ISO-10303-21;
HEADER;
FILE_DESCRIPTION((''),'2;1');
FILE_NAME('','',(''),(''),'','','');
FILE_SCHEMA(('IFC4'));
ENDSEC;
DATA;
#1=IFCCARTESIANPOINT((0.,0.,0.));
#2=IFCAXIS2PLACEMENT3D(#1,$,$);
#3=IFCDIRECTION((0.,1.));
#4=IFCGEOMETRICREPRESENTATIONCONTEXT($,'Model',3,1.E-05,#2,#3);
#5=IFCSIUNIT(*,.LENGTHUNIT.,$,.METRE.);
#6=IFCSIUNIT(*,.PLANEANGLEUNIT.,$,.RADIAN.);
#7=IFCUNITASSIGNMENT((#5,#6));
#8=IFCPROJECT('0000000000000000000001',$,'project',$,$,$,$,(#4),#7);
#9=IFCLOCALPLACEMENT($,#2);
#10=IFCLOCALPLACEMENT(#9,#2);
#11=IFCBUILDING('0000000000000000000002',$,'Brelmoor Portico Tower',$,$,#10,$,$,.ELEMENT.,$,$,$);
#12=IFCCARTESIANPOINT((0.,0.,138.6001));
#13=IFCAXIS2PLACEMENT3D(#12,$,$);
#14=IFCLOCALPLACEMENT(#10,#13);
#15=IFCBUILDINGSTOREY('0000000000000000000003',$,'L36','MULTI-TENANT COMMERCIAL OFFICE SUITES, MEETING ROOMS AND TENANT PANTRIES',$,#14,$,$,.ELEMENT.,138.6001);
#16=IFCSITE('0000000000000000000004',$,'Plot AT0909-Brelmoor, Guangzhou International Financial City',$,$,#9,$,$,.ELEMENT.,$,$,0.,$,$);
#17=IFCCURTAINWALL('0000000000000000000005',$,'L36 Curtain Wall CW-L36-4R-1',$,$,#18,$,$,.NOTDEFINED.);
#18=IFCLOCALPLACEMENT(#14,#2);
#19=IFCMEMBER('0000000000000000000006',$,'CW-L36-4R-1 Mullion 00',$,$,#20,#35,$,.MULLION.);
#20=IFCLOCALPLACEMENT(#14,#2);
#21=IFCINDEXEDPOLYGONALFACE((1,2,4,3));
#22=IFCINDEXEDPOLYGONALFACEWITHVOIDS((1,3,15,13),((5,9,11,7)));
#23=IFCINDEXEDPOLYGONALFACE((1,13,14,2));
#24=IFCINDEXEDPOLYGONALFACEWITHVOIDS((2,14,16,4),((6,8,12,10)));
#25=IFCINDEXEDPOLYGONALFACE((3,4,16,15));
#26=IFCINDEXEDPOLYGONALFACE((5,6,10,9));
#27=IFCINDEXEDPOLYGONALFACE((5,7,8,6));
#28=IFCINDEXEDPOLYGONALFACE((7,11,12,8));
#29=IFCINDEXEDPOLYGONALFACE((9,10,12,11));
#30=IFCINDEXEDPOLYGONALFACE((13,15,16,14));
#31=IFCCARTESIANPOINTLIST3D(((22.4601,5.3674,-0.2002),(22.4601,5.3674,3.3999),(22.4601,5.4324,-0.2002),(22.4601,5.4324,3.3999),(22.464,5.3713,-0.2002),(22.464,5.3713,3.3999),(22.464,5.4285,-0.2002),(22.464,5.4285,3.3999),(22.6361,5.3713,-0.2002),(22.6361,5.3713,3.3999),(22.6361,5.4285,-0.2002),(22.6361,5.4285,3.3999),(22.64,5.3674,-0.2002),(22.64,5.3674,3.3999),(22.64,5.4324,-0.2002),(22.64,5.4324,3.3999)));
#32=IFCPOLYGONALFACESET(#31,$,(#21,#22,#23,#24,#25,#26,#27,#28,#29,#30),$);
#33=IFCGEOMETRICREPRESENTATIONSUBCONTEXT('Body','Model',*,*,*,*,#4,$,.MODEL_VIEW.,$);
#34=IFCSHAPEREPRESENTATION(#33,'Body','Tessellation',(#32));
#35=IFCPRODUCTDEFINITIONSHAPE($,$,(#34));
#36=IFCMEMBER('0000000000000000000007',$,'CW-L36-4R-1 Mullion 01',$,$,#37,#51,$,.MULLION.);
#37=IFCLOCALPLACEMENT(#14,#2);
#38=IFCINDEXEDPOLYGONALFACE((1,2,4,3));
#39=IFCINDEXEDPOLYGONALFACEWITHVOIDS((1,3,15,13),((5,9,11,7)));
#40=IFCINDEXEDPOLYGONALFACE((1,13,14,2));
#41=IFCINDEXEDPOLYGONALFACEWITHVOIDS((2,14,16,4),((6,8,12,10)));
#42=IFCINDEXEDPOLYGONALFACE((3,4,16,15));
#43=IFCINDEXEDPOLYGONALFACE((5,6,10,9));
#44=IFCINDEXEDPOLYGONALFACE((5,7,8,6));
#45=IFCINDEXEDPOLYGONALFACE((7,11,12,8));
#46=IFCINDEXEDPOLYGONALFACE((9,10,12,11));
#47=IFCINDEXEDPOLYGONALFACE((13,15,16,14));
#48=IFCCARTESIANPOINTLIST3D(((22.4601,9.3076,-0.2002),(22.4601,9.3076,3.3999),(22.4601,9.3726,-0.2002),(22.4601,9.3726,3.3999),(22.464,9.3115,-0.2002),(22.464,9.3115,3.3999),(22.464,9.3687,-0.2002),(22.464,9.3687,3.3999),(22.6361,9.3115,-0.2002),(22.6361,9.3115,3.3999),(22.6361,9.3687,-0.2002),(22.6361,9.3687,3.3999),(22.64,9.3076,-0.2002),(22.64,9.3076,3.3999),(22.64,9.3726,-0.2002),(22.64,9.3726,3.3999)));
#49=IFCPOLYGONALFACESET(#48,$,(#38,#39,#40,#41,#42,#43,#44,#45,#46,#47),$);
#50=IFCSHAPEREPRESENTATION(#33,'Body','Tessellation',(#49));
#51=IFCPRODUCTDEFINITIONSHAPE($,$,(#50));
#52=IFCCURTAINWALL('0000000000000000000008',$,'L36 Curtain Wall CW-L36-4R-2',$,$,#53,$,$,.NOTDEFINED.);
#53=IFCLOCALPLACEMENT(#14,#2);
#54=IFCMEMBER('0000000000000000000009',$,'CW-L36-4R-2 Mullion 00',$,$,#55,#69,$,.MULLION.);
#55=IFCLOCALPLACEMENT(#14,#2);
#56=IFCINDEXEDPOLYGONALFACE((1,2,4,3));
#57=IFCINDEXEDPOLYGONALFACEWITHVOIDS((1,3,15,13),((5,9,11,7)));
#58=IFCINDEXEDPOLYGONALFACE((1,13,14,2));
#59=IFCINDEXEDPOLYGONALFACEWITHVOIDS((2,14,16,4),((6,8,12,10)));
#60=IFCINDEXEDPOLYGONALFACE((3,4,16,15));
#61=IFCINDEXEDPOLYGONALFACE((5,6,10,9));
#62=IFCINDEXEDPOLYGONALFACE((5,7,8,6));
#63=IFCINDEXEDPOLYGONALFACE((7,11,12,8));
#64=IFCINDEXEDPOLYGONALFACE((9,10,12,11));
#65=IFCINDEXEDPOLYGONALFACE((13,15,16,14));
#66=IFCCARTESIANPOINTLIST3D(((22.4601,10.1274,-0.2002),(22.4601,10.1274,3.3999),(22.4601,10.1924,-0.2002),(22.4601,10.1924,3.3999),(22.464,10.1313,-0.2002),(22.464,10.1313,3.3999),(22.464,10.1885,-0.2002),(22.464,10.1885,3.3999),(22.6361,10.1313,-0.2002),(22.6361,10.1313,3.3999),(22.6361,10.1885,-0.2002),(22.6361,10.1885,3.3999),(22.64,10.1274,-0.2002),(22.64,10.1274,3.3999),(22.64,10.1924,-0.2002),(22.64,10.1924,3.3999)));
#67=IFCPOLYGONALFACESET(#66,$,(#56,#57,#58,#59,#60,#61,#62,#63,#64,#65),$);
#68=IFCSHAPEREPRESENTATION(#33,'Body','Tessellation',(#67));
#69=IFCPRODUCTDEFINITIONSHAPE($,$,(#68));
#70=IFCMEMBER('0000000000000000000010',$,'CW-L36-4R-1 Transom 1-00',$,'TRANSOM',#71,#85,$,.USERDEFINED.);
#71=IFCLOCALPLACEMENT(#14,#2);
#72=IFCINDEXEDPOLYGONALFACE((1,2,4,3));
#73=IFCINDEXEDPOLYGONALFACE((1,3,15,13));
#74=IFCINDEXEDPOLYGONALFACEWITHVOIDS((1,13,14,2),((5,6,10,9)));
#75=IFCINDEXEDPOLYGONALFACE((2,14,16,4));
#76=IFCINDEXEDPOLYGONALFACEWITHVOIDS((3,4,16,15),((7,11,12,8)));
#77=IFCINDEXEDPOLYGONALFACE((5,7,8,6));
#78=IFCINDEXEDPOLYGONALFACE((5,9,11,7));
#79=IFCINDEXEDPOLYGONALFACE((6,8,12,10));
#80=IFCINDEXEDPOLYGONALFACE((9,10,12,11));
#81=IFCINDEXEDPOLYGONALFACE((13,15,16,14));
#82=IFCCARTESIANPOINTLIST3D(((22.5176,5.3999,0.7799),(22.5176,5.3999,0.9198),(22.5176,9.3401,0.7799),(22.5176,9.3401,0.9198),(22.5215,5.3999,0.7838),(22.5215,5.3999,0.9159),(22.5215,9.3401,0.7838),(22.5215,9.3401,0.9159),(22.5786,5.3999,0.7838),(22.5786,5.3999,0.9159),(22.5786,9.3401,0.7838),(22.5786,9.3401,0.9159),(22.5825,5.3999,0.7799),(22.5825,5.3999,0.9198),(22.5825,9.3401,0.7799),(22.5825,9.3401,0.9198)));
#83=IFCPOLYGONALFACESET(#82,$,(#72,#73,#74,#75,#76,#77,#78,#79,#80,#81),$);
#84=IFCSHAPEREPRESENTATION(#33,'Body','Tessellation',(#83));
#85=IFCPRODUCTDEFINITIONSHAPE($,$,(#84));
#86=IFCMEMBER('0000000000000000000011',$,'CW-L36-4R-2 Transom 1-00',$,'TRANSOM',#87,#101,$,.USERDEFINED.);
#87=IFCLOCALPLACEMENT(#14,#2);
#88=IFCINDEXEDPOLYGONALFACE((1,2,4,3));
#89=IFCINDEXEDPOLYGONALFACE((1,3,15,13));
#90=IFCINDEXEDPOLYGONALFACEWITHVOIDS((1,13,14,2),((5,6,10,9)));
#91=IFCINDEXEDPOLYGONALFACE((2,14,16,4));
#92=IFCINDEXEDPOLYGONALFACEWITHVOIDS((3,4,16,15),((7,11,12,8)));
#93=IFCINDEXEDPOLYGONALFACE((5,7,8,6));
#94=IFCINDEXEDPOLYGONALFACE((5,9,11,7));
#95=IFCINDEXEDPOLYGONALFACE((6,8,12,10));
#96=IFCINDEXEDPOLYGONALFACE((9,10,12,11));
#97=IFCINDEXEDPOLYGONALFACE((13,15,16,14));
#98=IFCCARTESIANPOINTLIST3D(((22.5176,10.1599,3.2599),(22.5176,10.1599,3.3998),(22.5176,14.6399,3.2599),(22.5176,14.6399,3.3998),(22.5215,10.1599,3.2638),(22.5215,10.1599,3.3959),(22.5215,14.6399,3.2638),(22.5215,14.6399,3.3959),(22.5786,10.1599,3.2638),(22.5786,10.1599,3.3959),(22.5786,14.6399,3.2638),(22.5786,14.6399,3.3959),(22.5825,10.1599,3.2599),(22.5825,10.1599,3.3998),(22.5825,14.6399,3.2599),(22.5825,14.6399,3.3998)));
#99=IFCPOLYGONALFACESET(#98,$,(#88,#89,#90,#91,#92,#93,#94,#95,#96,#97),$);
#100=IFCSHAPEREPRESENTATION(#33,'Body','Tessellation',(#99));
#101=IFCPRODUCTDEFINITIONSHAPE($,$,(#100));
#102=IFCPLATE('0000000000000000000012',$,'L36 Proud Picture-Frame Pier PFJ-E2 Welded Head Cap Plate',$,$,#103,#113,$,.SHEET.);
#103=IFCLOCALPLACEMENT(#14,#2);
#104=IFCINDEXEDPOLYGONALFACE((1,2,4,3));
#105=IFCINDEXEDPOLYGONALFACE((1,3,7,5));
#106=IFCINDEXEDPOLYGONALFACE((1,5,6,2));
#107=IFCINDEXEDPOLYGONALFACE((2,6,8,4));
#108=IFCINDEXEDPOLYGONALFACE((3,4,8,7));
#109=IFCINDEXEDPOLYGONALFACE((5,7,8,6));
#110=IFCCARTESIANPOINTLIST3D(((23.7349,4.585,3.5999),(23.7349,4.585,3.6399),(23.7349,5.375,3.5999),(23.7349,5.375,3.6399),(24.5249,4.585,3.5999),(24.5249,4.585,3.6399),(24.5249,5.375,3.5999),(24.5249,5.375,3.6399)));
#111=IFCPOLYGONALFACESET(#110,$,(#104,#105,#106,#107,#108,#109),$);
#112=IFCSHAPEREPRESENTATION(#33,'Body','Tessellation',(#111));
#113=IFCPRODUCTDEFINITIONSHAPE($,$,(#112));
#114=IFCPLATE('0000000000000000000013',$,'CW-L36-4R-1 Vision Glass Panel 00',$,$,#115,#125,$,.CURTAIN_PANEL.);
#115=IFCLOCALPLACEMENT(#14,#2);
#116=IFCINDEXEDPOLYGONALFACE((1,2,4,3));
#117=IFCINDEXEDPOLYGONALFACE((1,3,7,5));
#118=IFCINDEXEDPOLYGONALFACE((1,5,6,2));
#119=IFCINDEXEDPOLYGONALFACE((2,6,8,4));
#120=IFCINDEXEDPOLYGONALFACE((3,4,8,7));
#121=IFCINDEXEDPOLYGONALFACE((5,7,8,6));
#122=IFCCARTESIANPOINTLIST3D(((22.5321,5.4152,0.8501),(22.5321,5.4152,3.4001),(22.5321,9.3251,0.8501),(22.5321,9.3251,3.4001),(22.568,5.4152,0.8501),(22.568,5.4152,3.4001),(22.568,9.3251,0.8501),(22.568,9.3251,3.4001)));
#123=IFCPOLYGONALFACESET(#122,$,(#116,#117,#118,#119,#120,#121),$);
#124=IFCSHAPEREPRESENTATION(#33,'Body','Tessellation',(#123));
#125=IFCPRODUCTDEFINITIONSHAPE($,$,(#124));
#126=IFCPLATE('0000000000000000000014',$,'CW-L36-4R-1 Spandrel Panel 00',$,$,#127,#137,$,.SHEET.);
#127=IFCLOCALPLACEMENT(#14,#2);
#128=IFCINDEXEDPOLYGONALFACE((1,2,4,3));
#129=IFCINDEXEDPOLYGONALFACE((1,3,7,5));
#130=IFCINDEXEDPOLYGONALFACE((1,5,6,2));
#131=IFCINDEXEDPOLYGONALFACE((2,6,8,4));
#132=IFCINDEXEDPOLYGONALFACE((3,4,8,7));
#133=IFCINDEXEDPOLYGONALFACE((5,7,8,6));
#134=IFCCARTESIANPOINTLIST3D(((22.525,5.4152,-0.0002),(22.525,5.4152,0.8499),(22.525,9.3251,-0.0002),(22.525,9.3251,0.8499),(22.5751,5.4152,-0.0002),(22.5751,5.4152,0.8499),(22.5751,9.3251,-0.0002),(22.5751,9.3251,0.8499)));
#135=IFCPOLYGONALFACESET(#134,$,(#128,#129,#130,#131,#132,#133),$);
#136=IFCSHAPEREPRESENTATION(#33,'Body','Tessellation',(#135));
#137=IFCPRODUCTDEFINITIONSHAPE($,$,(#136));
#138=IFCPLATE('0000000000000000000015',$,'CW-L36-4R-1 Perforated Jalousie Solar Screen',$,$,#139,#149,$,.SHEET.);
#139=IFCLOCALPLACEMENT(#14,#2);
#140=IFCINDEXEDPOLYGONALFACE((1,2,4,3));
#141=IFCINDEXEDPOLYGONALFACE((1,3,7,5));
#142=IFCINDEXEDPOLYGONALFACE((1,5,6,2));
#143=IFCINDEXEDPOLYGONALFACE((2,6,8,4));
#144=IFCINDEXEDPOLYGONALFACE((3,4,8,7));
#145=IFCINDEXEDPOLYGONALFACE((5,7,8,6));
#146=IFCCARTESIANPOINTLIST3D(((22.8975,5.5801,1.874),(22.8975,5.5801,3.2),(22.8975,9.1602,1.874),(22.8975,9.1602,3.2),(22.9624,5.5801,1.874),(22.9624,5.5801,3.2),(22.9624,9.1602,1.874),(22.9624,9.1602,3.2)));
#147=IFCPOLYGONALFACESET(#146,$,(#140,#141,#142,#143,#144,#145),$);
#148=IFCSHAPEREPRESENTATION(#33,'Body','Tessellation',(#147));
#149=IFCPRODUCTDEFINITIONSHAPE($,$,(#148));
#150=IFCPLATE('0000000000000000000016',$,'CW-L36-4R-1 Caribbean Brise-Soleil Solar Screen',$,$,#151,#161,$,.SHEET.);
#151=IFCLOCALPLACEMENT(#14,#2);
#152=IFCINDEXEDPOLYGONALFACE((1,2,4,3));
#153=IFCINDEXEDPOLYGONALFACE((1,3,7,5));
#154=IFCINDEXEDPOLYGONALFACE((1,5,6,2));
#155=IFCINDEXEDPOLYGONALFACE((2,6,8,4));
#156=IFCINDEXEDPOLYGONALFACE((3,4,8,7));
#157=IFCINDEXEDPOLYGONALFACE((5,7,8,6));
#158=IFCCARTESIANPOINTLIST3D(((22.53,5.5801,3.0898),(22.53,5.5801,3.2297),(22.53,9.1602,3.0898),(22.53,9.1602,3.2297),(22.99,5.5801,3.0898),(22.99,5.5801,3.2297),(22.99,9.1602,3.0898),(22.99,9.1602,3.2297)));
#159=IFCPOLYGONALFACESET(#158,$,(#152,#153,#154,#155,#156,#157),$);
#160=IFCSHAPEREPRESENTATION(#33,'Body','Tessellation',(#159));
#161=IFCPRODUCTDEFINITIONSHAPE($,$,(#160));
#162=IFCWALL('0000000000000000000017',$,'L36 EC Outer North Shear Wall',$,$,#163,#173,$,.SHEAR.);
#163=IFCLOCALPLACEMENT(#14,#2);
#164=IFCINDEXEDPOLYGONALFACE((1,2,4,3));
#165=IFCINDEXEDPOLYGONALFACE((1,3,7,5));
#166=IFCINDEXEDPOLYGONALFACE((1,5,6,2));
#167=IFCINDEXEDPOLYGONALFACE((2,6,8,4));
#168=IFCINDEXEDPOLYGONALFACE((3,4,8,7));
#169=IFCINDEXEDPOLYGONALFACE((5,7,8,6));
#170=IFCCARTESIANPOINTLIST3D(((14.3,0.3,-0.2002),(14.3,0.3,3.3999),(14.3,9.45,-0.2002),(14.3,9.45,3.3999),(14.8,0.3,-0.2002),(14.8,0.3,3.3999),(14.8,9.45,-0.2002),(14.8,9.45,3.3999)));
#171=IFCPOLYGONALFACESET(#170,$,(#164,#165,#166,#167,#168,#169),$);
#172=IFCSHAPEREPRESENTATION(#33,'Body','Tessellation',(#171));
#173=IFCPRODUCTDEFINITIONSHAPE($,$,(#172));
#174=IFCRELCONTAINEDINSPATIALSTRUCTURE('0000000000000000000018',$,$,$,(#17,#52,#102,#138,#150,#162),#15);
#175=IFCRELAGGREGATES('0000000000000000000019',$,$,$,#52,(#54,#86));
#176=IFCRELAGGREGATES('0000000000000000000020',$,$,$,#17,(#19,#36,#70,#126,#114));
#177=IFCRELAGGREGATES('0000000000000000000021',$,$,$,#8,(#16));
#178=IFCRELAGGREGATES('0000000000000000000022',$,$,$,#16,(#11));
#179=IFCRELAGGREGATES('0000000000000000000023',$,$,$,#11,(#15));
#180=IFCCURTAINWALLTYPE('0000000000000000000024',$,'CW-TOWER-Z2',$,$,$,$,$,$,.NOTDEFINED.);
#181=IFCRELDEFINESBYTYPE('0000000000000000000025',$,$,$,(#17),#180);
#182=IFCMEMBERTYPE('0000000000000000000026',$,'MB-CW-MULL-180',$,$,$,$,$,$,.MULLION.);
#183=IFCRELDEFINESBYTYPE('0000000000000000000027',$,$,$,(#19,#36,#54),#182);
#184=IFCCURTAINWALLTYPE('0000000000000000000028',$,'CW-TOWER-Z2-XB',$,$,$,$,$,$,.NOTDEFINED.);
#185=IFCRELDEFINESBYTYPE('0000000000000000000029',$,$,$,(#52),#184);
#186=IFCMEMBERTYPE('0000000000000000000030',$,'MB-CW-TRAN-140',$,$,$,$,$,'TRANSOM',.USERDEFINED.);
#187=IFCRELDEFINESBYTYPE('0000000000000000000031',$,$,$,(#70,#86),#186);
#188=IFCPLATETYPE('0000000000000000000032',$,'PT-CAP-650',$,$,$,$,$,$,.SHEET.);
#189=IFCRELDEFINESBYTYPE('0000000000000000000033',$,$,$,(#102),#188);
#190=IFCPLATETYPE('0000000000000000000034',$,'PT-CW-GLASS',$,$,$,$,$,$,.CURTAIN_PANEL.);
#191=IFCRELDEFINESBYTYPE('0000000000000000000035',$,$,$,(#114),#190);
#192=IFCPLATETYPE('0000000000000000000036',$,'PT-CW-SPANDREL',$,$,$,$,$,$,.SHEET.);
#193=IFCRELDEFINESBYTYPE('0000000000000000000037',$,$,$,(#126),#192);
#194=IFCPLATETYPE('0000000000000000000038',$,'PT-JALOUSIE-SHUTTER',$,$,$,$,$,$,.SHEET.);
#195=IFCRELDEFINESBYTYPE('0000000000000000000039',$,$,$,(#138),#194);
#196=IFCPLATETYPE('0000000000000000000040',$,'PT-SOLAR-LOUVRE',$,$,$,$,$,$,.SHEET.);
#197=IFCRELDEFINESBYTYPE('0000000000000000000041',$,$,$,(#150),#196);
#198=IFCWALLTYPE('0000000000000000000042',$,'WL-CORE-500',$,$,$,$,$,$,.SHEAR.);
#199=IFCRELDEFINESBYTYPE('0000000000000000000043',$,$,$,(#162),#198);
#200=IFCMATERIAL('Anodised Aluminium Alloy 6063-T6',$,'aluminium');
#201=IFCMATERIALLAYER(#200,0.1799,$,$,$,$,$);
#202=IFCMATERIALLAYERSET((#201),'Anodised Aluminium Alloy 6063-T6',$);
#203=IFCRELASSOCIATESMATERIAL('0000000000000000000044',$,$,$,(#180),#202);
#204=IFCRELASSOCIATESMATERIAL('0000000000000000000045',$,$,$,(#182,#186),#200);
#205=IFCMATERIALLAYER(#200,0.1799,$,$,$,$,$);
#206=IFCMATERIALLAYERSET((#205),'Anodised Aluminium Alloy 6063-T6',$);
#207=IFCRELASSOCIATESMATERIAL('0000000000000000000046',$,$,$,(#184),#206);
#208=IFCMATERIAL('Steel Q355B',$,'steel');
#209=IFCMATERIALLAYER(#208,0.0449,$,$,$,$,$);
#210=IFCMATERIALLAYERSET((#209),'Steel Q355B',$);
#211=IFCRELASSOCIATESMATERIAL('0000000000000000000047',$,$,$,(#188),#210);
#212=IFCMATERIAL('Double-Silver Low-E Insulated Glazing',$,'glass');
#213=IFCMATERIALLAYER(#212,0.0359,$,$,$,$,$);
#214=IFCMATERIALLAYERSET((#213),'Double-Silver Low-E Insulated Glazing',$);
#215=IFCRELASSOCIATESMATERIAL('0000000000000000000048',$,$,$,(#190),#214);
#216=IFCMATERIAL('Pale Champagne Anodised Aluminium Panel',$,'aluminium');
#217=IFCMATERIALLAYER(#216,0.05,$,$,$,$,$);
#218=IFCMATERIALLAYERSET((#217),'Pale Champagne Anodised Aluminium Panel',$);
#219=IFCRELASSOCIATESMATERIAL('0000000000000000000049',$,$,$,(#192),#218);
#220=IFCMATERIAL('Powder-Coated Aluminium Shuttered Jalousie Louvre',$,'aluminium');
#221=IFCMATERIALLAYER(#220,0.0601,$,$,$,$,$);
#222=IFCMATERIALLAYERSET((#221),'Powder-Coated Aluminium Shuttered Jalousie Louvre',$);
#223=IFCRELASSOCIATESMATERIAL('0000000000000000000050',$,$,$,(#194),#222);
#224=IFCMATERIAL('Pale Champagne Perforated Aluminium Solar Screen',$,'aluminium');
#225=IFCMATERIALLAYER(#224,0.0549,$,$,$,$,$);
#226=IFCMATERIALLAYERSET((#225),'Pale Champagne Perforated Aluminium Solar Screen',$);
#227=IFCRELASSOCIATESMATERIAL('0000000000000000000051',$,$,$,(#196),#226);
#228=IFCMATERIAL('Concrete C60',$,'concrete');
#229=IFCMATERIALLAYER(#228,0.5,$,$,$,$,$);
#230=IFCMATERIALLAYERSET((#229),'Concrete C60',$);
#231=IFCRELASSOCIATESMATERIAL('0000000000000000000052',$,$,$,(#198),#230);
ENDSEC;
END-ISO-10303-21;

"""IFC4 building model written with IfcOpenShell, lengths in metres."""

from ifc_helpers import new_model, si_unit, direction, frame, frame_2d, origin, origin_2d, place, context, subcontext, project, spatial, rectangle, hollow_rectangle, extrude, material, layer, layer_set, material_profile, profile_set, type_object, element, aggregate, save


model = new_model("IFC4")

# Units and contexts
model_context = context("Model", 3, precision=1e-05, world=origin(), true_north=direction((0.0, 1.0)))
body_context = subcontext(model_context, "Body", "Model", "MODEL_VIEW")
ifc_project = project(units=[si_unit("LENGTHUNIT", "METRE"), si_unit("PLANEANGLEUNIT", "RADIAN")], contexts=[model_context])

# Site, building, storey
site_placement = place(None, origin())
site = spatial("IfcSite", under=ifc_project, at=site_placement, Name="Plot AT0909-Brelmoor, Guangzhou International Financial City", CompositionType="ELEMENT", RefElevation=0.0)
building_placement = place(site_placement, origin())
building = spatial("IfcBuilding", under=site, at=building_placement, Name="Brelmoor Portico Tower", CompositionType="ELEMENT")
storey_placement = place(building_placement, frame((0.0, 0.0, 138.6001)))
storey = spatial("IfcBuildingStorey", under=building, at=storey_placement, Name="L36", Description="MULTI-TENANT COMMERCIAL OFFICE SUITES, MEETING ROOMS AND TENANT PANTRIES", CompositionType="ELEMENT", Elevation=138.6001)

# Shared definitions
ifc_material_1 = material(Name="Steel Q355B", Category="steel")

# Curtain wall, members
ifc_material_2 = material(Name="Anodised Aluminium Alloy 6063-T6", Category="aluminium")
ifc_layer_1 = layer(ifc_material_2, 0.1799)
ifc_layer_set_1 = layer_set([ifc_layer_1], Name="Anodised Aluminium Alloy 6063-T6")
curtain_wall_type_1 = type_object("IfcCurtainWallType", Name="CW-TOWER-Z2", PredefinedType="NOTDEFINED", material=ifc_layer_set_1)
curtain_wall_1_placement = place(storey_placement, origin())
curtain_wall_1 = element("IfcCurtainWall", 1, at=curtain_wall_1_placement, inside=storey, type_object=curtain_wall_type_1, Name="L36 Curtain Wall CW-L36-4R-1", PredefinedType="NOTDEFINED")
ifc_material_profile_1 = material_profile(ifc_material_2, hollow_rectangle(XDim=0.0649, YDim=0.1799, WallThickness=0.0039, at=origin_2d()), Name="ALU MULLION 65x180")
ifc_profile_set_1 = profile_set([ifc_material_profile_1], Name="Anodised Aluminium Alloy 6063-T6")
member_type_1 = type_object("IfcMemberType", Name="MB-CW-MULL-180", PredefinedType="MULLION", material=ifc_profile_set_1)
member_1_placement = place(storey_placement, frame((22.55, 5.3999, -0.2002), z_axis=(0.0, 0.0, 1.0), x_axis=(0.0, 1.0, 0.0)))
member_1 = element("IfcMember", 2, at=member_1_placement, type_object=member_type_1, Name="CW-L36-4R-1 Mullion 00", PredefinedType="MULLION", context=body_context, shape_type="SweptSolid", body=[
    extrude(hollow_rectangle(XDim=0.0649, YDim=0.1799, WallThickness=0.0039, at=origin_2d()), origin(), (0.0, 0.0, 1.0), 3.6001),
])
member_2_placement = place(storey_placement, frame((22.55, 9.3401, -0.2002), z_axis=(0.0, 0.0, 1.0), x_axis=(0.0, 1.0, 0.0)))
member_2 = element("IfcMember", 3, at=member_2_placement, type_object=member_type_1, Name="CW-L36-4R-1 Mullion 01", PredefinedType="MULLION", context=body_context, shape_type="SweptSolid", body=[
    extrude(hollow_rectangle(XDim=0.0649, YDim=0.1799, WallThickness=0.0039, at=origin_2d()), origin(), (0.0, 0.0, 1.0), 3.6001),
])

# Curtain wall, member
ifc_layer_2 = layer(ifc_material_2, 0.1799)
ifc_layer_set_2 = layer_set([ifc_layer_2], Name="Anodised Aluminium Alloy 6063-T6")
curtain_wall_type_2 = type_object("IfcCurtainWallType", Name="CW-TOWER-Z2-XB", PredefinedType="NOTDEFINED", material=ifc_layer_set_2)
curtain_wall_2_placement = place(storey_placement, origin())
curtain_wall_2 = element("IfcCurtainWall", 4, at=curtain_wall_2_placement, inside=storey, type_object=curtain_wall_type_2, Name="L36 Curtain Wall CW-L36-4R-2", PredefinedType="NOTDEFINED")
member_3_placement = place(storey_placement, frame((22.55, 10.1599, -0.2002), z_axis=(0.0, 0.0, 1.0), x_axis=(0.0, 1.0, 0.0)))
member_3 = element("IfcMember", 5, at=member_3_placement, type_object=member_type_1, Name="CW-L36-4R-2 Mullion 00", PredefinedType="MULLION", context=body_context, shape_type="SweptSolid", body=[
    extrude(hollow_rectangle(XDim=0.0649, YDim=0.1799, WallThickness=0.0039, at=origin_2d()), origin(), (0.0, 0.0, 1.0), 3.6001),
])

# Members
ifc_material_profile_2 = material_profile(ifc_material_2, hollow_rectangle(XDim=0.0649, YDim=0.1399, WallThickness=0.0039, at=origin_2d()), Name="ALU TRANSOM 65x140")
ifc_profile_set_2 = profile_set([ifc_material_profile_2], Name="Anodised Aluminium Alloy 6063-T6")
member_type_2 = type_object("IfcMemberType", Name="MB-CW-TRAN-140", ElementType="TRANSOM", PredefinedType="USERDEFINED", material=ifc_profile_set_2)
member_4_placement = place(storey_placement, frame((22.55, 5.3999, 0.8499), z_axis=(0.0, 1.0, 0.0), x_axis=(-1.0, 0.0, 0.0)))
member_4 = element("IfcMember", 6, at=member_4_placement, type_object=member_type_2, Name="CW-L36-4R-1 Transom 1-00", ObjectType="TRANSOM", PredefinedType="USERDEFINED", context=body_context, shape_type="SweptSolid", body=[
    extrude(hollow_rectangle(XDim=0.0649, YDim=0.1399, WallThickness=0.0039, at=origin_2d()), origin(), (0.0, 0.0, 1.0), 3.9402),
])
member_5_placement = place(storey_placement, frame((22.55, 10.1599, 3.3298), z_axis=(0.0, 1.0, 0.0), x_axis=(-1.0, 0.0, 0.0)))
member_5 = element("IfcMember", 7, at=member_5_placement, type_object=member_type_2, Name="CW-L36-4R-2 Transom 1-00", ObjectType="TRANSOM", PredefinedType="USERDEFINED", context=body_context, shape_type="SweptSolid", body=[
    extrude(hollow_rectangle(XDim=0.0649, YDim=0.1399, WallThickness=0.0039, at=origin_2d()), origin(), (0.0, 0.0, 1.0), 4.48),
])
aggregate(curtain_wall_2, [member_3, member_5])

# Plates
ifc_layer_3 = layer(ifc_material_1, 0.0449)
ifc_layer_set_3 = layer_set([ifc_layer_3], Name="Steel Q355B")
plate_type_1 = type_object("IfcPlateType", Name="PT-CAP-650", PredefinedType="SHEET", material=ifc_layer_set_3)
plate_1_placement = place(storey_placement, frame((24.1299, 4.98, 3.5999), z_axis=(0.0, 0.0, 1.0), x_axis=(0.0, 1.0, 0.0)))
element("IfcPlate", 8, at=plate_1_placement, inside=storey, type_object=plate_type_1, Name="L36 Proud Picture-Frame Pier PFJ-E2 Welded Head Cap Plate", PredefinedType="SHEET", context=body_context, shape_type="SweptSolid", body=[
    extrude(rectangle(XDim=0.79, YDim=0.79, at=origin_2d()), origin(), (0.0, 0.0, 1.0), 0.04),
])
ifc_material_3 = material(Name="Double-Silver Low-E Insulated Glazing", Category="glass")
ifc_layer_4 = layer(ifc_material_3, 0.0359)
ifc_layer_set_4 = layer_set([ifc_layer_4], Name="Double-Silver Low-E Insulated Glazing")
plate_type_2 = type_object("IfcPlateType", Name="PT-CW-GLASS", PredefinedType="CURTAIN_PANEL", material=ifc_layer_set_4)
plate_2_placement = place(storey_placement, frame((22.55, 7.3701, 0.8501), z_axis=(0.0, 0.0, 1.0), x_axis=(0.0, 1.0, 0.0)))
plate_2 = element("IfcPlate", 9, at=plate_2_placement, type_object=plate_type_2, Name="CW-L36-4R-1 Vision Glass Panel 00", PredefinedType="CURTAIN_PANEL", context=body_context, shape_type="SweptSolid", body=[
    extrude(rectangle(XDim=3.9099, YDim=0.0359, at=origin_2d()), origin(), (0.0, 0.0, 1.0), 2.55),
])
ifc_material_4 = material(Name="Pale Champagne Anodised Aluminium Panel", Category="aluminium")
ifc_layer_5 = layer(ifc_material_4, 0.05)
ifc_layer_set_5 = layer_set([ifc_layer_5], Name="Pale Champagne Anodised Aluminium Panel")
plate_type_3 = type_object("IfcPlateType", Name="PT-CW-SPANDREL", PredefinedType="SHEET", material=ifc_layer_set_5)
plate_3_placement = place(storey_placement, frame((22.55, 7.3701, -0.0002), z_axis=(0.0, 0.0, 1.0), x_axis=(0.0, 1.0, 0.0)))
plate_3 = element("IfcPlate", 10, at=plate_3_placement, type_object=plate_type_3, Name="CW-L36-4R-1 Spandrel Panel 00", PredefinedType="SHEET", context=body_context, shape_type="SweptSolid", body=[
    extrude(rectangle(XDim=3.9099, YDim=0.05, at=origin_2d()), origin(), (0.0, 0.0, 1.0), 0.8501),
])
aggregate(curtain_wall_1, [member_1, member_2, member_4, plate_3, plate_2])

# Plates
ifc_material_5 = material(Name="Powder-Coated Aluminium Shuttered Jalousie Louvre", Category="aluminium")
ifc_layer_6 = layer(ifc_material_5, 0.0601)
ifc_layer_set_6 = layer_set([ifc_layer_6], Name="Powder-Coated Aluminium Shuttered Jalousie Louvre")
plate_type_4 = type_object("IfcPlateType", Name="PT-JALOUSIE-SHUTTER", PredefinedType="SHEET", material=ifc_layer_set_6)
plate_4_placement = place(storey_placement, frame((22.9299, 7.3701, 1.874), z_axis=(0.0, 0.0, 1.0), x_axis=(0.0, 1.0, 0.0)))
element("IfcPlate", 11, at=plate_4_placement, inside=storey, type_object=plate_type_4, Name="CW-L36-4R-1 Perforated Jalousie Solar Screen", PredefinedType="SHEET", context=body_context, shape_type="SweptSolid", body=[
    extrude(rectangle(XDim=3.5801, YDim=0.0649, at=origin_2d()), origin(), (0.0, 0.0, 1.0), 1.3259),
])
ifc_material_6 = material(Name="Pale Champagne Perforated Aluminium Solar Screen", Category="aluminium")
ifc_layer_7 = layer(ifc_material_6, 0.0549)
ifc_layer_set_7 = layer_set([ifc_layer_7], Name="Pale Champagne Perforated Aluminium Solar Screen")
plate_type_5 = type_object("IfcPlateType", Name="PT-SOLAR-LOUVRE", PredefinedType="SHEET", material=ifc_layer_set_7)
plate_5_placement = place(storey_placement, frame((22.76, 7.3701, 3.0898), z_axis=(0.0, 0.0, 1.0), x_axis=(0.0, 1.0, 0.0)))
element("IfcPlate", 12, at=plate_5_placement, inside=storey, type_object=plate_type_5, Name="CW-L36-4R-1 Caribbean Brise-Soleil Solar Screen", PredefinedType="SHEET", context=body_context, shape_type="SweptSolid", body=[
    extrude(rectangle(XDim=3.5801, YDim=0.46, at=origin_2d()), origin(), (0.0, 0.0, 1.0), 0.1399),
])

# Wall
ifc_material_7 = material(Name="Concrete C60", Category="concrete")
ifc_layer_8 = layer(ifc_material_7, 0.5)
ifc_layer_set_8 = layer_set([ifc_layer_8], Name="Concrete C60")
wall_type_1 = type_object("IfcWallType", Name="WL-CORE-500", PredefinedType="SHEAR", material=ifc_layer_set_8)
wall_1_placement = place(storey_placement, frame((14.55, 0.3, -0.2002), z_axis=(0.0, 0.0, 1.0), x_axis=(0.0, 1.0, 0.0)))
element("IfcWall", 13, at=wall_1_placement, inside=storey, type_object=wall_type_1, Name="L36 EC Outer North Shear Wall", PredefinedType="SHEAR", context=body_context, shape_type="SweptSolid", body=[
    extrude(rectangle(XDim=9.1499, YDim=0.5, at=frame_2d((4.575, 0.0))), origin(), (0.0, 0.0, 1.0), 3.6001),
])

save(model, "model.ifc")
